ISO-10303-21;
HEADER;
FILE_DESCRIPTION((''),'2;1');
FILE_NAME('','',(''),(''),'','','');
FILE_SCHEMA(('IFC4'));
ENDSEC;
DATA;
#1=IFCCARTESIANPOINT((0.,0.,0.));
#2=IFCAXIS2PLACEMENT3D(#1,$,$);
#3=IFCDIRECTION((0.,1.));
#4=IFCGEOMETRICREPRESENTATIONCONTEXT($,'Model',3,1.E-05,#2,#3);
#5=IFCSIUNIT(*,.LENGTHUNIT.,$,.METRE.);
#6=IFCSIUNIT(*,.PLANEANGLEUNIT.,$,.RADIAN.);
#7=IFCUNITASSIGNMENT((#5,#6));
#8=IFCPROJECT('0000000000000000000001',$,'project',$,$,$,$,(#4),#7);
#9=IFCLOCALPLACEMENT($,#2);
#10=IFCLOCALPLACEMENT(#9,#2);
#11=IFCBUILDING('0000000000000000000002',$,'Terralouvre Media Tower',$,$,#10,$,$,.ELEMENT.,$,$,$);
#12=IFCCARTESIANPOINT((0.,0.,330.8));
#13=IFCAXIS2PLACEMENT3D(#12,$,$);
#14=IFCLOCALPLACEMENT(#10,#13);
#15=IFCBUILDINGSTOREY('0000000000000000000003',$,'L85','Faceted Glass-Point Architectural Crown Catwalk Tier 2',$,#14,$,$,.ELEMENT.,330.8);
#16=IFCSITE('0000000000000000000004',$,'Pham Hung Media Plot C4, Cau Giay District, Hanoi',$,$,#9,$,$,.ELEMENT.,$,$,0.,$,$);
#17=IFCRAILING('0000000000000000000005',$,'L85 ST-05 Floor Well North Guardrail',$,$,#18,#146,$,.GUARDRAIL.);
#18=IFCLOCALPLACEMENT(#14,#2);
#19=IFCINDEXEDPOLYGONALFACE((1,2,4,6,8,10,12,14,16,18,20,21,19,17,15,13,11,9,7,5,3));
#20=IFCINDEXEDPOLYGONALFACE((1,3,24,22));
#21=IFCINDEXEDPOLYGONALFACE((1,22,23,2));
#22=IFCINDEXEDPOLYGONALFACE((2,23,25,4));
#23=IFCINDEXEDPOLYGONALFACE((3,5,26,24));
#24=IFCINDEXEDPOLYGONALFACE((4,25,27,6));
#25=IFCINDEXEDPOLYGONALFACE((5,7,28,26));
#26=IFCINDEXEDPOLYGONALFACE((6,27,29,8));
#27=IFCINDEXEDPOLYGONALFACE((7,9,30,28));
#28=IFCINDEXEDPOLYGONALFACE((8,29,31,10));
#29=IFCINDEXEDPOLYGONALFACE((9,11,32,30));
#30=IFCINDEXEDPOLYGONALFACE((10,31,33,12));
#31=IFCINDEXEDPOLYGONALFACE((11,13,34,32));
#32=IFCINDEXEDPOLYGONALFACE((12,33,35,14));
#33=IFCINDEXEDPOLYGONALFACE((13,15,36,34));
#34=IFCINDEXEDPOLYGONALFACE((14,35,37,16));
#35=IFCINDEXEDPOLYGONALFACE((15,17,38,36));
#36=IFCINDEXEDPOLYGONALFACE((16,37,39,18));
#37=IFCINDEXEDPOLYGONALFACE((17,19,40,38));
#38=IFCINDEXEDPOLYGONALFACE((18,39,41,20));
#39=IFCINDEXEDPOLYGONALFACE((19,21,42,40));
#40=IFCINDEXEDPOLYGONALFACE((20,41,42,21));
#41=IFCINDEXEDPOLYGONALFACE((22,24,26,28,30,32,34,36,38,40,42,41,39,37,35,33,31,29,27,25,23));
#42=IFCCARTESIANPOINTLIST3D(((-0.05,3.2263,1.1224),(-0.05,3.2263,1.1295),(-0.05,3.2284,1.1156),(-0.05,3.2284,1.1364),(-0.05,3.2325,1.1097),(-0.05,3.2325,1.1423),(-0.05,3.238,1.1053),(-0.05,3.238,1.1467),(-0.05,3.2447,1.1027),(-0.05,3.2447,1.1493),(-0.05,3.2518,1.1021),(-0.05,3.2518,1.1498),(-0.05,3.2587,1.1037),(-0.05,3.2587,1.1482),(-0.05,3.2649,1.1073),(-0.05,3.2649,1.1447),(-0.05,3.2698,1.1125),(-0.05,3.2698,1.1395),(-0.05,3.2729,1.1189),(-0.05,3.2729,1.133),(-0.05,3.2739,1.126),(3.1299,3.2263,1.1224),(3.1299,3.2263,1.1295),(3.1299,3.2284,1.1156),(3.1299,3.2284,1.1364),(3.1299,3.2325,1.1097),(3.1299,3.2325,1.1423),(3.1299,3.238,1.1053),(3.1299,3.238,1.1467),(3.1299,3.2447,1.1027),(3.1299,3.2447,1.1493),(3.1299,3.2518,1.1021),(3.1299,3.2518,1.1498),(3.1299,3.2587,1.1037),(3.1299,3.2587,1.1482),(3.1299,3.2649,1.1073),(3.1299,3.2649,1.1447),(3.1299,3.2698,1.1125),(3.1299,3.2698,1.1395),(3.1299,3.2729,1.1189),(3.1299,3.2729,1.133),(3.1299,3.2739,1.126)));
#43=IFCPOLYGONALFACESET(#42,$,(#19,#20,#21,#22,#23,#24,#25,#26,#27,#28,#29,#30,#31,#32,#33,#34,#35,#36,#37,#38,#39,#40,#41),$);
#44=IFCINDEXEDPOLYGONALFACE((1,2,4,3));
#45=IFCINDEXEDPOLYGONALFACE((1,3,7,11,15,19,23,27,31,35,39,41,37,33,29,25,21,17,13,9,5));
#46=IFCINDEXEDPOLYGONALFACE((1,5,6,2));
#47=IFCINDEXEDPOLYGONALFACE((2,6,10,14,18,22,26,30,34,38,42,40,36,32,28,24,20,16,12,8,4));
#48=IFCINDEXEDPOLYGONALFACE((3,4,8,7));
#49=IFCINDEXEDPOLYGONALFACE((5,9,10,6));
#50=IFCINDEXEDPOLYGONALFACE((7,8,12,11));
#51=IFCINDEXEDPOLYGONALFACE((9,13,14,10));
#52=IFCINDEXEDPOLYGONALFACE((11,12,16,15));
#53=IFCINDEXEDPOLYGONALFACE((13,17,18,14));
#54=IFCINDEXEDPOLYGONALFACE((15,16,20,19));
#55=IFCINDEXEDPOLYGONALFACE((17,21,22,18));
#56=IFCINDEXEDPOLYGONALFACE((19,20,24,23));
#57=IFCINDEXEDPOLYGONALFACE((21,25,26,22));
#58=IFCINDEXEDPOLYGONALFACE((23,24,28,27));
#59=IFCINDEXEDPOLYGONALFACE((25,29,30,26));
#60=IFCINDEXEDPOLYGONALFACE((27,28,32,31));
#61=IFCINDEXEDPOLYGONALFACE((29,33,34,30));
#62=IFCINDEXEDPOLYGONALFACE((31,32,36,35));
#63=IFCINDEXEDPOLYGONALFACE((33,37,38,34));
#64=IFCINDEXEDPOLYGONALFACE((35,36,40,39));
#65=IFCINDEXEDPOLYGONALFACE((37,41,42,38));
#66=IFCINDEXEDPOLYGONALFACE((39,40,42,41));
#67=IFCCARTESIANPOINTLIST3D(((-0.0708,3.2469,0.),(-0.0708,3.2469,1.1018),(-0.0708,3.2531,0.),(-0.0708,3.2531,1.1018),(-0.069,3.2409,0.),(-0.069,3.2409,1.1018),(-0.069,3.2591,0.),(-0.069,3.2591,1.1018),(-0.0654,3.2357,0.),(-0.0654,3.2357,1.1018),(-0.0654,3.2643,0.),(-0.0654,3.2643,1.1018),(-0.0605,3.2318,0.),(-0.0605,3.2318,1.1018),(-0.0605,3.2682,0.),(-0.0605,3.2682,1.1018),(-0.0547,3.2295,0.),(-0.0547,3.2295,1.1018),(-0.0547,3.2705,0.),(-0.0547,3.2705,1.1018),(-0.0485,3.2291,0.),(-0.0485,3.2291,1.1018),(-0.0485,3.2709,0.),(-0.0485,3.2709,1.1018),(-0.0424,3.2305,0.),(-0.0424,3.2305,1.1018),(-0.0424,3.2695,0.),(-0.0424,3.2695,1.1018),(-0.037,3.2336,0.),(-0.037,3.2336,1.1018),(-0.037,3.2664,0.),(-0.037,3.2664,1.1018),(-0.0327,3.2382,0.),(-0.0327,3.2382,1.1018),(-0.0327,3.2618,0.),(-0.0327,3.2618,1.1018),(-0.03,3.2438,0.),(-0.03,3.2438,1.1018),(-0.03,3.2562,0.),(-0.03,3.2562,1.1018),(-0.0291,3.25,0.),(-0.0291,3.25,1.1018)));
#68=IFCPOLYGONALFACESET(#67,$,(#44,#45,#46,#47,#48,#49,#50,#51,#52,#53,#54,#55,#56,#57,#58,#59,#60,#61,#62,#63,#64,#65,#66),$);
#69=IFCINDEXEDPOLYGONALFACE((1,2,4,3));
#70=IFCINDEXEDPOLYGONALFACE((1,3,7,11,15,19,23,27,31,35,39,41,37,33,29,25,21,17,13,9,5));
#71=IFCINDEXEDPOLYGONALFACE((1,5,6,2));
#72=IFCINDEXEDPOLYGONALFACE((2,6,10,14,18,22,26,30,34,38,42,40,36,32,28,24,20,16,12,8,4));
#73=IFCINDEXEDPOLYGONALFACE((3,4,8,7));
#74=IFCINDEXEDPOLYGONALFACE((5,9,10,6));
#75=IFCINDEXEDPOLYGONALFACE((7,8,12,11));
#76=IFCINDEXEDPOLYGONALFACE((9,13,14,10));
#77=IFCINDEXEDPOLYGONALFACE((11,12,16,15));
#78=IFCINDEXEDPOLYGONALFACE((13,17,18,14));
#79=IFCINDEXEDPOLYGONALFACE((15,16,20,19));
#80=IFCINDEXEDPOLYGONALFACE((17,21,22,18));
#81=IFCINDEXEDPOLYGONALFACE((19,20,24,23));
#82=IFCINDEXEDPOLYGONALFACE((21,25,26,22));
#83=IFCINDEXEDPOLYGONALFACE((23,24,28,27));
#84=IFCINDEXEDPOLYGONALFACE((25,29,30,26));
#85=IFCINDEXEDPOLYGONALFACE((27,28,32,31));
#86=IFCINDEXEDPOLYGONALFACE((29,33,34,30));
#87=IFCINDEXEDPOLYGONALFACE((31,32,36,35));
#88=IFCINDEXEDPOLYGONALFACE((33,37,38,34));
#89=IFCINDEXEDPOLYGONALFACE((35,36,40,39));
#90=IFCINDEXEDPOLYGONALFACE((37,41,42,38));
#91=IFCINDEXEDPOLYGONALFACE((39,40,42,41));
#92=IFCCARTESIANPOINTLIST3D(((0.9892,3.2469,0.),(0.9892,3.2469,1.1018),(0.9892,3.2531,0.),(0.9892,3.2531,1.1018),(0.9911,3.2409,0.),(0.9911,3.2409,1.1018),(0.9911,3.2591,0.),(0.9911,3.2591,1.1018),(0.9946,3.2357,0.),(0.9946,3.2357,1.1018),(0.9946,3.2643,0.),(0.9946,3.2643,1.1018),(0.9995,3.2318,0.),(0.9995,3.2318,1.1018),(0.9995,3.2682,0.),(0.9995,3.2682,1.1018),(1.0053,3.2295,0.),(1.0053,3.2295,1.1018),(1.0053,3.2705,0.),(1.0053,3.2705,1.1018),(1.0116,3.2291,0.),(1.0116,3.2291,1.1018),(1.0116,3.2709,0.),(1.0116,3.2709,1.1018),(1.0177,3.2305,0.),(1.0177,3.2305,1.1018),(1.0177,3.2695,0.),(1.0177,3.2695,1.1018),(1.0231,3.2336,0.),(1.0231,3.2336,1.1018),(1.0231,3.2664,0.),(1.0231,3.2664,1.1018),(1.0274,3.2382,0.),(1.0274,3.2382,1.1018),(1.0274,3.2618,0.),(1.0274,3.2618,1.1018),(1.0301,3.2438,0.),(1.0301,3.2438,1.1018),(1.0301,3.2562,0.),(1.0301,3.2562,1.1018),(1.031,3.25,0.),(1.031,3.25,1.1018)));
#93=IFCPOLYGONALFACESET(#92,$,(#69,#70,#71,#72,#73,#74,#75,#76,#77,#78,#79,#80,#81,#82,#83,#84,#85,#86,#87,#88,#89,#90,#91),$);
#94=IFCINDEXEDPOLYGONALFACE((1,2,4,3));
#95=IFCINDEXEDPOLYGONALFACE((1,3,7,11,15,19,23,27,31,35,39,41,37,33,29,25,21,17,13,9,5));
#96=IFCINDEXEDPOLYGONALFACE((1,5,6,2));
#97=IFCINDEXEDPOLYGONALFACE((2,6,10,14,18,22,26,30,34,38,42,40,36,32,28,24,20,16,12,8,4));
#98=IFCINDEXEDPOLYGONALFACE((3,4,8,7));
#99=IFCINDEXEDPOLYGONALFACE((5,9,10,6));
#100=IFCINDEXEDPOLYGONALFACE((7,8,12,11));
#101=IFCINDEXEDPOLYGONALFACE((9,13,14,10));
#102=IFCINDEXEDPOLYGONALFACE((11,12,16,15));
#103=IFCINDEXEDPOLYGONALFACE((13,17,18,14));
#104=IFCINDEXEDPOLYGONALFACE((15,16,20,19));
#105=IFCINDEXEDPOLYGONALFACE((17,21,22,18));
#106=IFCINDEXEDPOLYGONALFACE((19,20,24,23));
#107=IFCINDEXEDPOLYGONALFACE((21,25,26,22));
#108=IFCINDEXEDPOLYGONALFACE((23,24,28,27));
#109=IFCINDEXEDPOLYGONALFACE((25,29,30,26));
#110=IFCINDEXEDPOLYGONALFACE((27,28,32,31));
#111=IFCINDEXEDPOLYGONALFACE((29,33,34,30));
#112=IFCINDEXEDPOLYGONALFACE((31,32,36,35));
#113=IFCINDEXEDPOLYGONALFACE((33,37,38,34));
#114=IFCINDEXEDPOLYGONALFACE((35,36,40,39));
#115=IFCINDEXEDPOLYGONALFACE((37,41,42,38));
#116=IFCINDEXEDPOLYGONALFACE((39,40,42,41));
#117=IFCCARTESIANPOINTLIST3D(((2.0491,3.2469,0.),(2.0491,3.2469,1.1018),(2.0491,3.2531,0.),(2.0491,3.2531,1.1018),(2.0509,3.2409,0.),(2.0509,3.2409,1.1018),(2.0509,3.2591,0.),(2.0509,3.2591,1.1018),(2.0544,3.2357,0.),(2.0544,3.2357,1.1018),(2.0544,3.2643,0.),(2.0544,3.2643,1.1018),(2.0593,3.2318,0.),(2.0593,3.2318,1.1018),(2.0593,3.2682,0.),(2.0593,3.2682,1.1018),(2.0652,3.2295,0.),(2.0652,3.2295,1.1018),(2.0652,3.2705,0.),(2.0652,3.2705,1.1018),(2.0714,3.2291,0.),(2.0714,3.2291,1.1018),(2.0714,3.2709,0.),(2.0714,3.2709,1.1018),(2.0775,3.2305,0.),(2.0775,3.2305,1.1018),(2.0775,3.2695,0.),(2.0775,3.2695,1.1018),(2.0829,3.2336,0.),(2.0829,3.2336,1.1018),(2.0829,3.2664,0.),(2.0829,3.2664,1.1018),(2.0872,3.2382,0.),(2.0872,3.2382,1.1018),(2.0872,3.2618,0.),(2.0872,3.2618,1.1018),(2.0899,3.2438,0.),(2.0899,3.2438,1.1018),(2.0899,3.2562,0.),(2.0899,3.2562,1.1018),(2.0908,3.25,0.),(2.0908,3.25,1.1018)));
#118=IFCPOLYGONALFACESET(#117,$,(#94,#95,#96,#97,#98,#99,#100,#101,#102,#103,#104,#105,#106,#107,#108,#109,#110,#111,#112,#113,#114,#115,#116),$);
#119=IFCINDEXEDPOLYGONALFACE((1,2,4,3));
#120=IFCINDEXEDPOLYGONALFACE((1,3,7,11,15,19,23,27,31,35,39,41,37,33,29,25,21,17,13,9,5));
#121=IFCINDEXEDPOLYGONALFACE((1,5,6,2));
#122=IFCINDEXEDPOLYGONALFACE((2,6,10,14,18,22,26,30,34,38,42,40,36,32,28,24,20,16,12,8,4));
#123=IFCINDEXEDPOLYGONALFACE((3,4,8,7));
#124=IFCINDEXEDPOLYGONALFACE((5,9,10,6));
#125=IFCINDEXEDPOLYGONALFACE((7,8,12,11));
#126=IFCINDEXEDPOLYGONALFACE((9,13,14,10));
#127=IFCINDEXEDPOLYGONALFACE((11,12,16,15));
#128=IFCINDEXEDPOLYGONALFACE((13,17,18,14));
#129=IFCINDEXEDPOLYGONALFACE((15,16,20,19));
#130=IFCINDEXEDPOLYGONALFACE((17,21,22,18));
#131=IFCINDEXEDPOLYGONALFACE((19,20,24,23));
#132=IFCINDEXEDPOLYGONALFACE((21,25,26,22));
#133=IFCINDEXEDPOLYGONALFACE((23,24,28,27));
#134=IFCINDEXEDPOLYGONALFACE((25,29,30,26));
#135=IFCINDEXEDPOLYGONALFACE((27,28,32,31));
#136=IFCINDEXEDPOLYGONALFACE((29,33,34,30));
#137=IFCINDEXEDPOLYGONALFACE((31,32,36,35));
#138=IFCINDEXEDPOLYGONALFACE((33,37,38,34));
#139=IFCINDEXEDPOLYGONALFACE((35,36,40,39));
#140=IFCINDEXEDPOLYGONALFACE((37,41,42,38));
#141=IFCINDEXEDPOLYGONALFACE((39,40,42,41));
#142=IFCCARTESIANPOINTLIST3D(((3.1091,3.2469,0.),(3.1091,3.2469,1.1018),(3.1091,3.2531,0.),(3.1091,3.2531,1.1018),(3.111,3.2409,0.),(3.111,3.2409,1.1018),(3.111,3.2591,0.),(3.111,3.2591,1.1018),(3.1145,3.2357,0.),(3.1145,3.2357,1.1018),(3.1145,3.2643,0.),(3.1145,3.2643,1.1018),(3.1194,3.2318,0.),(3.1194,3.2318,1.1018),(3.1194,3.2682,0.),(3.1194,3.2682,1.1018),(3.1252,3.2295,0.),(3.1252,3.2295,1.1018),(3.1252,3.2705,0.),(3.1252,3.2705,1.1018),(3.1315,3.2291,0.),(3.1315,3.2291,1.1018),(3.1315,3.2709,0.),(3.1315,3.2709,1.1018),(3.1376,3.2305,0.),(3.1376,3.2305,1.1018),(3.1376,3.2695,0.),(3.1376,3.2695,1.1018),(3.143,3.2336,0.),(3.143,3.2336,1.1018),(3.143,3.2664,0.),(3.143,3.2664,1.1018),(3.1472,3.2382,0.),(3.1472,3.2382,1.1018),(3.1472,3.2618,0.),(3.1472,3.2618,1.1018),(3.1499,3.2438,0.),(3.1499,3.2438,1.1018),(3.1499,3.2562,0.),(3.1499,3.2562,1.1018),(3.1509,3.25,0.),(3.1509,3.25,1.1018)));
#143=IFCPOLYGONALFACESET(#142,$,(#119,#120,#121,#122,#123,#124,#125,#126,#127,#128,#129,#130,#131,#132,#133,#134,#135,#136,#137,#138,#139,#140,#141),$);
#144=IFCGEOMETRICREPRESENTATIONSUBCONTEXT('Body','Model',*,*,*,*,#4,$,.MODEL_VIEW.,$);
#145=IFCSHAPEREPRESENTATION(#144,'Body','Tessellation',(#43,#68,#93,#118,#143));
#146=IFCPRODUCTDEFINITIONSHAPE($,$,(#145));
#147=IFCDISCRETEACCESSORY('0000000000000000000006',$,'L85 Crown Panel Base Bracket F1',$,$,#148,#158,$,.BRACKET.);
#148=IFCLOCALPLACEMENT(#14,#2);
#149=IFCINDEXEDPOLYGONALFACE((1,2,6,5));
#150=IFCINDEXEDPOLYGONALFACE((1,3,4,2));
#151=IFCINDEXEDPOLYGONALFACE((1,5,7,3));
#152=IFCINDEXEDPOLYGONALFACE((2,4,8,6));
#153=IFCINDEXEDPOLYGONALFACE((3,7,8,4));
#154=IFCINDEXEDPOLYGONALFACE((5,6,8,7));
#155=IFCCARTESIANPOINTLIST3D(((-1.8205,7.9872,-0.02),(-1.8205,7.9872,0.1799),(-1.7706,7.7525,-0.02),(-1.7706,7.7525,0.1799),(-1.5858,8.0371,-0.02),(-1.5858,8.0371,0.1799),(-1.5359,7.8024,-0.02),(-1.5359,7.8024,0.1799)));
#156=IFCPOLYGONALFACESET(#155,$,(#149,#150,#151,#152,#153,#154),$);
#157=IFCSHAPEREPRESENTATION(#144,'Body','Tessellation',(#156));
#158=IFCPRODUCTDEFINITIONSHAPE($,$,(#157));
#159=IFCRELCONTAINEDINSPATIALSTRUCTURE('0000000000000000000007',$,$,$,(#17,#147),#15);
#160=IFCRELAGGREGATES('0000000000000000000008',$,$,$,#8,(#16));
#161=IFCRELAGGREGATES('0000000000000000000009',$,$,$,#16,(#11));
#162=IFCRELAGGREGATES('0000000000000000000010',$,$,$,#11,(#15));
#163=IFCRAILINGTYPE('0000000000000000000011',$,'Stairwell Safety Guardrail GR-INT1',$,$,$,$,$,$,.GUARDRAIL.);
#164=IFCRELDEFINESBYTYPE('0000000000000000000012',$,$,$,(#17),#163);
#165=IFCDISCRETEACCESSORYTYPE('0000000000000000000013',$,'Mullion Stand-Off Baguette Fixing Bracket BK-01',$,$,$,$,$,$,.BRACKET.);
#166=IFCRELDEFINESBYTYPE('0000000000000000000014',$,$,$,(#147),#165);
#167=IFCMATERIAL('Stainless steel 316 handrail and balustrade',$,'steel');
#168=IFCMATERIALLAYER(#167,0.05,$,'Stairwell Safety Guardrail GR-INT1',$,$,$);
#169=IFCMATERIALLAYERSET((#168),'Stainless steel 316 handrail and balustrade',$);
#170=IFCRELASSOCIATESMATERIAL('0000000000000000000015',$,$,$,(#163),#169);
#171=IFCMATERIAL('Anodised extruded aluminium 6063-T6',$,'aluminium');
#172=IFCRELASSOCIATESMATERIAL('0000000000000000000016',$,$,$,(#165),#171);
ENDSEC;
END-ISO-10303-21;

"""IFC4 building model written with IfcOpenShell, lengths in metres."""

from ifc_helpers import new_model, si_unit, direction, frame, origin, origin_2d, place, context, subcontext, project, spatial, rectangle, circle, extrude, material, layer, layer_set, type_object, element, save


model = new_model("IFC4")

# Units and contexts
model_context = context("Model", 3, precision=1e-05, world=origin(), true_north=direction((0.0, 1.0)))
body_context = subcontext(model_context, "Body", "Model", "MODEL_VIEW")
ifc_project = project(units=[si_unit("LENGTHUNIT", "METRE"), si_unit("PLANEANGLEUNIT", "RADIAN")], contexts=[model_context])

# Site, building, storey
site_placement = place(None, origin())
site = spatial("IfcSite", under=ifc_project, at=site_placement, Name="Pham Hung Media Plot C4, Cau Giay District, Hanoi", CompositionType="ELEMENT", RefElevation=0.0)
building_placement = place(site_placement, origin())
building = spatial("IfcBuilding", under=site, at=building_placement, Name="Terralouvre Media Tower", CompositionType="ELEMENT")
storey_placement = place(building_placement, frame((0.0, 0.0, 330.8)))
storey = spatial("IfcBuildingStorey", under=building, at=storey_placement, Name="L85", Description="Faceted Glass-Point Architectural Crown Catwalk Tier 2", CompositionType="ELEMENT", Elevation=330.8)

# Railing
ifc_material_1 = material(Name="Stainless steel 316 handrail and balustrade", Category="steel")
ifc_layer_1 = layer(ifc_material_1, 0.05, Name="Stairwell Safety Guardrail GR-INT1")
ifc_layer_set_1 = layer_set([ifc_layer_1], Name="Stainless steel 316 handrail and balustrade")
railing_type_1 = type_object("IfcRailingType", Name="Stairwell Safety Guardrail GR-INT1", PredefinedType="GUARDRAIL", material=ifc_layer_set_1)
railing_1_placement = place(storey_placement, frame((-0.05, 3.25, 0.0)))
element("IfcRailing", 1, at=railing_1_placement, inside=storey, type_object=railing_type_1, Name="L85 ST-05 Floor Well North Guardrail", PredefinedType="GUARDRAIL", context=body_context, shape_type="SweptSolid", body=[
    extrude(circle(Radius=0.0239, at=origin_2d()), frame((0.0, 0.0, 1.126), z_axis=(1.0, 0.0, 0.0), x_axis=(0.0, 1.0, 0.0)), (0.0, 0.0, 1.0), 3.1799),
    extrude(circle(Radius=0.021, at=origin_2d()), origin(), (0.0, 0.0, 1.0), 1.1018),
    extrude(circle(Radius=0.021, at=origin_2d()), frame((1.0601, 0.0, 0.0)), (0.0, 0.0, 1.0), 1.1018),
    extrude(circle(Radius=0.021, at=origin_2d()), frame((2.1199, 0.0, 0.0)), (0.0, 0.0, 1.0), 1.1018),
    extrude(circle(Radius=0.021, at=origin_2d()), frame((3.1799, 0.0, 0.0)), (0.0, 0.0, 1.0), 1.1018),
])

# Discrete accessory
ifc_material_2 = material(Name="Anodised extruded aluminium 6063-T6", Category="aluminium")
discrete_accessory_type = type_object("IfcDiscreteAccessoryType", Name="Mullion Stand-Off Baguette Fixing Bracket BK-01", PredefinedType="BRACKET", material=ifc_material_2)
discrete_accessory_placement = place(storey_placement, frame((-1.6782, 7.8948, -0.02), z_axis=(0.0, 0.0, 1.0), x_axis=(-0.978148, -0.207912, 0.0)))
element("IfcDiscreteAccessory", 2, at=discrete_accessory_placement, inside=storey, type_object=discrete_accessory_type, Name="L85 Crown Panel Base Bracket F1", PredefinedType="BRACKET", context=body_context, shape_type="SweptSolid", body=[
    extrude(rectangle(XDim=0.24, YDim=0.24, at=origin_2d()), origin(), (0.0, 0.0, 1.0), 0.2),
])

save(model, "model.ifc")
